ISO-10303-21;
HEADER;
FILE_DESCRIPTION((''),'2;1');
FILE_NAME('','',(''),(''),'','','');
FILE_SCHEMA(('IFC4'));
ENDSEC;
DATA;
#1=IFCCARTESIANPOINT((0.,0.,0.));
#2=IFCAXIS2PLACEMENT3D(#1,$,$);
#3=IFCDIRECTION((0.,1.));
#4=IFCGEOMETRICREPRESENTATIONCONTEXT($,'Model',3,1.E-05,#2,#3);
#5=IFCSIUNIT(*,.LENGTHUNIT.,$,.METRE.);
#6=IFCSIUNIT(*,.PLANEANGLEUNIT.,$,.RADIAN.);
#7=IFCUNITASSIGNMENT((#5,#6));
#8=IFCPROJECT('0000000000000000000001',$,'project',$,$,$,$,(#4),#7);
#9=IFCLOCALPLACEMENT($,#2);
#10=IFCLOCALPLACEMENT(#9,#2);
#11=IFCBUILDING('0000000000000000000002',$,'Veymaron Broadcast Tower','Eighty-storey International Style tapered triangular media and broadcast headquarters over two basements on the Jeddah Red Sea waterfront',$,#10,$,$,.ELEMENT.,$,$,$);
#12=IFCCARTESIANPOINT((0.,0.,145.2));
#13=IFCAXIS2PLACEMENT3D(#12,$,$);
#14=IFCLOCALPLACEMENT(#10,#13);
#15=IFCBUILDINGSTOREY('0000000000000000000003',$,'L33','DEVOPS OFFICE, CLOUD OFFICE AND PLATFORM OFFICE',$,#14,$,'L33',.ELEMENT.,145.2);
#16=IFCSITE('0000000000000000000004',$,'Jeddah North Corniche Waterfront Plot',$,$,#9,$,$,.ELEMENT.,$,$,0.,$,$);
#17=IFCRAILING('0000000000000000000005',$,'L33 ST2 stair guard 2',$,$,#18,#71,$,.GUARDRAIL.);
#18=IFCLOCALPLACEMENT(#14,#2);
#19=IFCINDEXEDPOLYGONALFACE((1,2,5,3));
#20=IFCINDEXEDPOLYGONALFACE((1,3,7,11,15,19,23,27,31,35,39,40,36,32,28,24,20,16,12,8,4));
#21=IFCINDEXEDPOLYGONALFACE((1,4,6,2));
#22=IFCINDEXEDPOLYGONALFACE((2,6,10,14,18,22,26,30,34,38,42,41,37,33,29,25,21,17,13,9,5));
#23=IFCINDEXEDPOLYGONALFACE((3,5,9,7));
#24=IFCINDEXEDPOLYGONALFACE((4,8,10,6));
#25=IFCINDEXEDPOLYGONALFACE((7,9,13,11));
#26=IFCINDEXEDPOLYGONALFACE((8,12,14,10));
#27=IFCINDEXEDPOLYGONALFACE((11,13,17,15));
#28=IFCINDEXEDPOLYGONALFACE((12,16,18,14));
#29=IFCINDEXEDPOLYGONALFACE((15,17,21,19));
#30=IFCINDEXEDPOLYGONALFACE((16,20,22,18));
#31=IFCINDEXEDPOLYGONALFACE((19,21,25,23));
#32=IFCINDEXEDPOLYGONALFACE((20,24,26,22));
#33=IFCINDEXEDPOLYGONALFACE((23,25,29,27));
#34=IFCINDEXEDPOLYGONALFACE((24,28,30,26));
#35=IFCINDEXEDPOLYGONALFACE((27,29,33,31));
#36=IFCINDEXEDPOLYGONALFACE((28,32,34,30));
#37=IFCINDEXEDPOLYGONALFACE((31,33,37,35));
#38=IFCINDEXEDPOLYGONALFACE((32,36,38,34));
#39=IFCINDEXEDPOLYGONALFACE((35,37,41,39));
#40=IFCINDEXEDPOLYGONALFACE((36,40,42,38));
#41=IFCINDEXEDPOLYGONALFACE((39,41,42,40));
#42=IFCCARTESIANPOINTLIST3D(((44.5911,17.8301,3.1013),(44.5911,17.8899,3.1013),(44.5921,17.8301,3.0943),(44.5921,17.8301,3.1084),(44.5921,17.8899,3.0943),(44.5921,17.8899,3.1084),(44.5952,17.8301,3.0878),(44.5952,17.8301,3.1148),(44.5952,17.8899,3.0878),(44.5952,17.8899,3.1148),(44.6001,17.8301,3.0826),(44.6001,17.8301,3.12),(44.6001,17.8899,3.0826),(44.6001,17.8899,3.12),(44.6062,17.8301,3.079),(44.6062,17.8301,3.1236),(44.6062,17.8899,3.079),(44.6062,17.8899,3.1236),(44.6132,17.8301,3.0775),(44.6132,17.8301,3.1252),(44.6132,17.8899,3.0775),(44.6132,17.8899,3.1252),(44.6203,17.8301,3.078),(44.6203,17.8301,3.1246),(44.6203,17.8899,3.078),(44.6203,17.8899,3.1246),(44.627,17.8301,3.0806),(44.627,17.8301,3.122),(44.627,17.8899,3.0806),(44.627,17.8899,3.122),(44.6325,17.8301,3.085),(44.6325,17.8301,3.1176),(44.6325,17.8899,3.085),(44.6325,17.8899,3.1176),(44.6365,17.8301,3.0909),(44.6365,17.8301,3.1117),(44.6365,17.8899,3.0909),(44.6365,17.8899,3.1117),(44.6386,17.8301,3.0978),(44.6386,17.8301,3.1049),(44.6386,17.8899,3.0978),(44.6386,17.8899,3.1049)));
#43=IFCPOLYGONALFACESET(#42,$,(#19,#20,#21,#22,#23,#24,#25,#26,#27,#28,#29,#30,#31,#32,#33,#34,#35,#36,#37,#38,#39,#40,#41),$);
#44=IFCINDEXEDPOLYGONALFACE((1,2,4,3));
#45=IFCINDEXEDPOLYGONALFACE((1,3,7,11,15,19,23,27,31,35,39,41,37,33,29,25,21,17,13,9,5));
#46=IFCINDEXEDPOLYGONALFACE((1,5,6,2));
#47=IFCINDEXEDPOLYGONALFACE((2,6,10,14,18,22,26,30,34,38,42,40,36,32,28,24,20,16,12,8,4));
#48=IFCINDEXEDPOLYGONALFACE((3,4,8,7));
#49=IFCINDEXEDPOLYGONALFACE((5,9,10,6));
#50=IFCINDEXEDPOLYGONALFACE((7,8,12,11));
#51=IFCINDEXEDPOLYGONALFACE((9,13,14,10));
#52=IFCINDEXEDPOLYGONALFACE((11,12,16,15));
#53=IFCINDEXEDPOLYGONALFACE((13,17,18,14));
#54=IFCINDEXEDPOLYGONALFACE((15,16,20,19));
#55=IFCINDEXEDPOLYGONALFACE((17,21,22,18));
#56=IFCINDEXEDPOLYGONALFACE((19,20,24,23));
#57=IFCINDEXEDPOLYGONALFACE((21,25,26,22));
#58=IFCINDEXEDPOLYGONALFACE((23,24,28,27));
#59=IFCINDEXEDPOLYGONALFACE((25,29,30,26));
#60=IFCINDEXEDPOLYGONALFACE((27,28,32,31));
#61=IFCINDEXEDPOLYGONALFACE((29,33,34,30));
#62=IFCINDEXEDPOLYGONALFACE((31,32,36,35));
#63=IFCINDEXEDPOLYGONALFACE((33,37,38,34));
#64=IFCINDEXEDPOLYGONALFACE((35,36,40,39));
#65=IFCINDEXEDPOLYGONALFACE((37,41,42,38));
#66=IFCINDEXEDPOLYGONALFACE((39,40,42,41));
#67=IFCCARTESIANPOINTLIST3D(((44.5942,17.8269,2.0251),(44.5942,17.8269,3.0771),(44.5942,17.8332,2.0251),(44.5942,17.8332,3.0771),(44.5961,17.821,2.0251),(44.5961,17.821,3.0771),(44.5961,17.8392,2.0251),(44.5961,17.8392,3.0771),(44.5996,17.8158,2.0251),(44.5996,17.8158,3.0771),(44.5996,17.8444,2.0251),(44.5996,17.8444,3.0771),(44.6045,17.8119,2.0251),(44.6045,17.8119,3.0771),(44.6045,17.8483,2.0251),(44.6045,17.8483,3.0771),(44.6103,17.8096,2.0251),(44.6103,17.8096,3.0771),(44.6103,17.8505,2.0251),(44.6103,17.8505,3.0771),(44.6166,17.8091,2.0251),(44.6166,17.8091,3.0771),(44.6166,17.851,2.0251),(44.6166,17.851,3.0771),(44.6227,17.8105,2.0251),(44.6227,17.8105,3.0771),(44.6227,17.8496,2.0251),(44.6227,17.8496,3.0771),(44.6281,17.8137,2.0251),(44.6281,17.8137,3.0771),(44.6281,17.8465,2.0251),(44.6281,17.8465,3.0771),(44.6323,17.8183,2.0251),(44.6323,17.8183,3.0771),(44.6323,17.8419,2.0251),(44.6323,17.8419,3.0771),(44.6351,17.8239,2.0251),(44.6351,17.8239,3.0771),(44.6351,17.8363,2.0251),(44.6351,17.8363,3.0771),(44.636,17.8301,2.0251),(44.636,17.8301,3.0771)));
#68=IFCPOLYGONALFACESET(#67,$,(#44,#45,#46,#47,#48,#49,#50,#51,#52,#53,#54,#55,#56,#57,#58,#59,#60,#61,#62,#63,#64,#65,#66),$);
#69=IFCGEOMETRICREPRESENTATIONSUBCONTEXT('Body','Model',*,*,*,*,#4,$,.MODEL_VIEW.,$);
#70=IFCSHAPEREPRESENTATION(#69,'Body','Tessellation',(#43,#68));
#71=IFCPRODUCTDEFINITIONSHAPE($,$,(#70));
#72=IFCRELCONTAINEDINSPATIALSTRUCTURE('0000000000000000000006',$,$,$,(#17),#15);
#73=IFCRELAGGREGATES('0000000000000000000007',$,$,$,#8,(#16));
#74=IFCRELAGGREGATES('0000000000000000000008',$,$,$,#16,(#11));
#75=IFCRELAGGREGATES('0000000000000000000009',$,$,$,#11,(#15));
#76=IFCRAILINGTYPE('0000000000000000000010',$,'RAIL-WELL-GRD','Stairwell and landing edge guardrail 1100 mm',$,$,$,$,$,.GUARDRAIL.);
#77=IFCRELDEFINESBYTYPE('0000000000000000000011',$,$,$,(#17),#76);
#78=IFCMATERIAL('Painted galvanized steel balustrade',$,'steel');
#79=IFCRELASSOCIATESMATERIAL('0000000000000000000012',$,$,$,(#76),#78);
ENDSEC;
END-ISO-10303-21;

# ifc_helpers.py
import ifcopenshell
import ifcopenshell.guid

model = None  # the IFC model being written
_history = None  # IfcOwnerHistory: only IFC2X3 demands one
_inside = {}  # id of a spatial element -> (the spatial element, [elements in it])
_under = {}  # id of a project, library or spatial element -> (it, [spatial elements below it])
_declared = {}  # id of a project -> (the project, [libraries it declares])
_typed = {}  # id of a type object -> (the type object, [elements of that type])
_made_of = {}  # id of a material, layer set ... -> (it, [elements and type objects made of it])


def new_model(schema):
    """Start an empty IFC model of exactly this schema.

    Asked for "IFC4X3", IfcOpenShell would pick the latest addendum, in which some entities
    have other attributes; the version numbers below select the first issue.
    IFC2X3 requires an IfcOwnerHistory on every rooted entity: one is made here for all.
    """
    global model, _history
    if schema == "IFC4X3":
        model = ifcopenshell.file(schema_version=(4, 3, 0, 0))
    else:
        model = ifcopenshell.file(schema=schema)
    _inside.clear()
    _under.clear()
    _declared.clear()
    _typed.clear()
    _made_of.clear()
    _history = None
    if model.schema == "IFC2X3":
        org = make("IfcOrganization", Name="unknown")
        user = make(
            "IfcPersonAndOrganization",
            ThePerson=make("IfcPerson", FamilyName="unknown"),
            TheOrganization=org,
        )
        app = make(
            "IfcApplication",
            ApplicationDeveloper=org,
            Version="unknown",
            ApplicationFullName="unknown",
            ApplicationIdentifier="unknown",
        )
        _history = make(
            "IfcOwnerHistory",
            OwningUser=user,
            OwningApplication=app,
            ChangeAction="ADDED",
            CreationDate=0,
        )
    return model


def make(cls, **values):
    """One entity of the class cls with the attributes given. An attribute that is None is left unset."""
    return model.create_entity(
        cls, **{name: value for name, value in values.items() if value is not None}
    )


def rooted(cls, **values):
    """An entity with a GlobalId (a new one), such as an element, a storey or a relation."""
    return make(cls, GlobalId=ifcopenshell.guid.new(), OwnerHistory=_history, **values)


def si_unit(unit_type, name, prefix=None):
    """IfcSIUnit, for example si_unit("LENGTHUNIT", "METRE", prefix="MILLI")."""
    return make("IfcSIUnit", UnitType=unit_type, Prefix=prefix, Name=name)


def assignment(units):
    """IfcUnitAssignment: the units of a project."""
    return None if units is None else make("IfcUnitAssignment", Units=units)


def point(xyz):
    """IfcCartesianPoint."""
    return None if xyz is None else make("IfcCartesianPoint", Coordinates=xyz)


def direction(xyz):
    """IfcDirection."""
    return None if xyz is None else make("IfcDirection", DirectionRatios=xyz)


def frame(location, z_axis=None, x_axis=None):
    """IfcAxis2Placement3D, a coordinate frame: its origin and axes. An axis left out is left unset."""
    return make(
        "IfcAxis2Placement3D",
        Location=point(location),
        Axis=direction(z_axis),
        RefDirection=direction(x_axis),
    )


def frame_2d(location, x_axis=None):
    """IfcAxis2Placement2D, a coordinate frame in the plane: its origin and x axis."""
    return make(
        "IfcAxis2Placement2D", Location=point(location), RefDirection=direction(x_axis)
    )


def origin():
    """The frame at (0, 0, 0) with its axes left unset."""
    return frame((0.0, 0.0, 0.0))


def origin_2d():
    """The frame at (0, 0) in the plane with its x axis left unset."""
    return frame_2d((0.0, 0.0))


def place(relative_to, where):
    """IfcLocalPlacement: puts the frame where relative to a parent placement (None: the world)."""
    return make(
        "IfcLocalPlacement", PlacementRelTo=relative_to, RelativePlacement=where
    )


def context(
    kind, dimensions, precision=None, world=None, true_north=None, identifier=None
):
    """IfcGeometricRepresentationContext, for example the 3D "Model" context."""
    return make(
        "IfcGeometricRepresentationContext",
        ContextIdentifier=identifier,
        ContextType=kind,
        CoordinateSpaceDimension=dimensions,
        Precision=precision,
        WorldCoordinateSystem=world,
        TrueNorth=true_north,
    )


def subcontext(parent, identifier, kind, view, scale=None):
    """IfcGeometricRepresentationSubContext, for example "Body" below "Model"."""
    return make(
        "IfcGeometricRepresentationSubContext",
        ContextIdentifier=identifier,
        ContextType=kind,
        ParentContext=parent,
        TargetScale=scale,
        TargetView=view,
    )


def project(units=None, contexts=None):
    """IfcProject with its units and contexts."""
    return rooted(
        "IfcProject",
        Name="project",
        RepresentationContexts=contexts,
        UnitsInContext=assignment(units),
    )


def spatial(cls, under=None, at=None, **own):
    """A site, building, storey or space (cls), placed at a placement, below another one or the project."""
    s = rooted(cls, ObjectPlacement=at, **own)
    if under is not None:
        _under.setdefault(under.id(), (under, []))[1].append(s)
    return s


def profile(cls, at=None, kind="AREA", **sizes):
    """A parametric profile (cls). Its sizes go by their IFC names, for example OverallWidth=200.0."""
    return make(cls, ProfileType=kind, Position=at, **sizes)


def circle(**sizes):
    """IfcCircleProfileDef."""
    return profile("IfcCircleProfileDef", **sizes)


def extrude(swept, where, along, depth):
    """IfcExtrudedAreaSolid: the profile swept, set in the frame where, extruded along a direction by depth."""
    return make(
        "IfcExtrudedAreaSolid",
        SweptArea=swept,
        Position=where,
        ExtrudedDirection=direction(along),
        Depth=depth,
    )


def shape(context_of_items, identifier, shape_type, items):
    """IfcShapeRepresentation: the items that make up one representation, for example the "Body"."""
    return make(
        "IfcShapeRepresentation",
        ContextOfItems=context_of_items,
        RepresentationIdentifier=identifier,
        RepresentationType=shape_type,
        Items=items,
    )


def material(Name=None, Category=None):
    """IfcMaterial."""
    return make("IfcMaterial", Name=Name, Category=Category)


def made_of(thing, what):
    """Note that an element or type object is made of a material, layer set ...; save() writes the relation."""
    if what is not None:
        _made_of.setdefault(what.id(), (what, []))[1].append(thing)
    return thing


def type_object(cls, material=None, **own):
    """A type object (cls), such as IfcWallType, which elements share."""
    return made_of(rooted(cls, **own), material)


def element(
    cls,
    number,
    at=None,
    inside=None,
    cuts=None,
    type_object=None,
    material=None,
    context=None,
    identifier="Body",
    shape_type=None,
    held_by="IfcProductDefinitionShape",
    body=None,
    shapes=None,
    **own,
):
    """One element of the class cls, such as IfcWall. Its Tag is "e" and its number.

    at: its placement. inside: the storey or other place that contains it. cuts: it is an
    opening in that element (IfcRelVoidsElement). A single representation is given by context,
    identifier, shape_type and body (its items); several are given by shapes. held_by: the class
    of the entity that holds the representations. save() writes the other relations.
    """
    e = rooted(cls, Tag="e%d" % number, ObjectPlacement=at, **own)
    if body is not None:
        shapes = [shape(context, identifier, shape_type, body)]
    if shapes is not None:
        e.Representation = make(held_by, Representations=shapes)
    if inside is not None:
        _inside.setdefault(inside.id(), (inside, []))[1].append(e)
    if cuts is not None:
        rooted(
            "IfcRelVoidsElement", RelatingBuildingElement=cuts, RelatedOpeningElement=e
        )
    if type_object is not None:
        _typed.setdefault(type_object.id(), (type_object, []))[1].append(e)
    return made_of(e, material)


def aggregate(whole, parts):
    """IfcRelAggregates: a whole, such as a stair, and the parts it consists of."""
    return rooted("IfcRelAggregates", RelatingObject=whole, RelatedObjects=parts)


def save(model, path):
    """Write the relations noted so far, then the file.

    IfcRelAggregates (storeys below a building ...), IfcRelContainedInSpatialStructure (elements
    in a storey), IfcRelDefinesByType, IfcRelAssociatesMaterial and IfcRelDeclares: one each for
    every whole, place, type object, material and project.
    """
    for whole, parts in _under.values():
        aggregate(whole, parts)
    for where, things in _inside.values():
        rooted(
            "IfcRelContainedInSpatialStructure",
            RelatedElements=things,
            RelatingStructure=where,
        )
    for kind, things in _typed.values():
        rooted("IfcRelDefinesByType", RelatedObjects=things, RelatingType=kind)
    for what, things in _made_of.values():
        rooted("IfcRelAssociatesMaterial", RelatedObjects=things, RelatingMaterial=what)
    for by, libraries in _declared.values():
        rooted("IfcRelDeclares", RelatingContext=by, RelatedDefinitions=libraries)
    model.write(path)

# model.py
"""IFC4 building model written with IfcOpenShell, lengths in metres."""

from ifc_helpers import new_model, si_unit, direction, frame, origin, origin_2d, place, context, subcontext, project, spatial, circle, extrude, material, type_object, element, save


model = new_model("IFC4")

# Units and contexts
model_context = context("Model", 3, precision=1e-05, world=origin(), true_north=direction((0.0, 1.0)))
body_context = subcontext(model_context, "Body", "Model", "MODEL_VIEW")
ifc_project = project(units=[si_unit("LENGTHUNIT", "METRE"), si_unit("PLANEANGLEUNIT", "RADIAN")], contexts=[model_context])

# Site, building, storey
site_placement = place(None, origin())
site = spatial("IfcSite", under=ifc_project, at=site_placement, Name="Jeddah North Corniche Waterfront Plot", CompositionType="ELEMENT", RefElevation=0.0)
building_placement = place(site_placement, origin())
building = spatial("IfcBuilding", under=site, at=building_placement, Name="Veymaron Broadcast Tower", Description="Eighty-storey International Style tapered triangular media and broadcast headquarters over two basements on the Jeddah Red Sea waterfront", CompositionType="ELEMENT")
storey_placement = place(building_placement, frame((0.0, 0.0, 145.2)))
storey = spatial("IfcBuildingStorey", under=building, at=storey_placement, Name="L33", Description="DEVOPS OFFICE, CLOUD OFFICE AND PLATFORM OFFICE", LongName="L33", CompositionType="ELEMENT", Elevation=145.2)

# Railing
ifc_material_1 = material(Name="Painted galvanized steel balustrade", Category="steel")
railing_type = type_object("IfcRailingType", Name="RAIL-WELL-GRD", Description="Stairwell and landing edge guardrail 1100 mm", PredefinedType="GUARDRAIL", material=ifc_material_1)
railing_placement = place(storey_placement, frame((44.615, 17.8301, 2.0251)))
element("IfcRailing", 1, at=railing_placement, inside=storey, type_object=railing_type, Name="L33 ST2 stair guard 2", PredefinedType="GUARDRAIL", context=body_context, shape_type="SweptSolid", body=[
    extrude(circle(Radius=0.0239, at=origin_2d()), frame((0.0, 0.0, 1.0762), z_axis=(0.0, 1.0, 0.0), x_axis=(-1.0, 0.0, 0.0)), (0.0, 0.0, 1.0), 0.0598),
    extrude(circle(Radius=0.021, at=origin_2d()), origin(), (0.0, 0.0, 1.0), 1.052),
])

save(model, "model.ifc")
